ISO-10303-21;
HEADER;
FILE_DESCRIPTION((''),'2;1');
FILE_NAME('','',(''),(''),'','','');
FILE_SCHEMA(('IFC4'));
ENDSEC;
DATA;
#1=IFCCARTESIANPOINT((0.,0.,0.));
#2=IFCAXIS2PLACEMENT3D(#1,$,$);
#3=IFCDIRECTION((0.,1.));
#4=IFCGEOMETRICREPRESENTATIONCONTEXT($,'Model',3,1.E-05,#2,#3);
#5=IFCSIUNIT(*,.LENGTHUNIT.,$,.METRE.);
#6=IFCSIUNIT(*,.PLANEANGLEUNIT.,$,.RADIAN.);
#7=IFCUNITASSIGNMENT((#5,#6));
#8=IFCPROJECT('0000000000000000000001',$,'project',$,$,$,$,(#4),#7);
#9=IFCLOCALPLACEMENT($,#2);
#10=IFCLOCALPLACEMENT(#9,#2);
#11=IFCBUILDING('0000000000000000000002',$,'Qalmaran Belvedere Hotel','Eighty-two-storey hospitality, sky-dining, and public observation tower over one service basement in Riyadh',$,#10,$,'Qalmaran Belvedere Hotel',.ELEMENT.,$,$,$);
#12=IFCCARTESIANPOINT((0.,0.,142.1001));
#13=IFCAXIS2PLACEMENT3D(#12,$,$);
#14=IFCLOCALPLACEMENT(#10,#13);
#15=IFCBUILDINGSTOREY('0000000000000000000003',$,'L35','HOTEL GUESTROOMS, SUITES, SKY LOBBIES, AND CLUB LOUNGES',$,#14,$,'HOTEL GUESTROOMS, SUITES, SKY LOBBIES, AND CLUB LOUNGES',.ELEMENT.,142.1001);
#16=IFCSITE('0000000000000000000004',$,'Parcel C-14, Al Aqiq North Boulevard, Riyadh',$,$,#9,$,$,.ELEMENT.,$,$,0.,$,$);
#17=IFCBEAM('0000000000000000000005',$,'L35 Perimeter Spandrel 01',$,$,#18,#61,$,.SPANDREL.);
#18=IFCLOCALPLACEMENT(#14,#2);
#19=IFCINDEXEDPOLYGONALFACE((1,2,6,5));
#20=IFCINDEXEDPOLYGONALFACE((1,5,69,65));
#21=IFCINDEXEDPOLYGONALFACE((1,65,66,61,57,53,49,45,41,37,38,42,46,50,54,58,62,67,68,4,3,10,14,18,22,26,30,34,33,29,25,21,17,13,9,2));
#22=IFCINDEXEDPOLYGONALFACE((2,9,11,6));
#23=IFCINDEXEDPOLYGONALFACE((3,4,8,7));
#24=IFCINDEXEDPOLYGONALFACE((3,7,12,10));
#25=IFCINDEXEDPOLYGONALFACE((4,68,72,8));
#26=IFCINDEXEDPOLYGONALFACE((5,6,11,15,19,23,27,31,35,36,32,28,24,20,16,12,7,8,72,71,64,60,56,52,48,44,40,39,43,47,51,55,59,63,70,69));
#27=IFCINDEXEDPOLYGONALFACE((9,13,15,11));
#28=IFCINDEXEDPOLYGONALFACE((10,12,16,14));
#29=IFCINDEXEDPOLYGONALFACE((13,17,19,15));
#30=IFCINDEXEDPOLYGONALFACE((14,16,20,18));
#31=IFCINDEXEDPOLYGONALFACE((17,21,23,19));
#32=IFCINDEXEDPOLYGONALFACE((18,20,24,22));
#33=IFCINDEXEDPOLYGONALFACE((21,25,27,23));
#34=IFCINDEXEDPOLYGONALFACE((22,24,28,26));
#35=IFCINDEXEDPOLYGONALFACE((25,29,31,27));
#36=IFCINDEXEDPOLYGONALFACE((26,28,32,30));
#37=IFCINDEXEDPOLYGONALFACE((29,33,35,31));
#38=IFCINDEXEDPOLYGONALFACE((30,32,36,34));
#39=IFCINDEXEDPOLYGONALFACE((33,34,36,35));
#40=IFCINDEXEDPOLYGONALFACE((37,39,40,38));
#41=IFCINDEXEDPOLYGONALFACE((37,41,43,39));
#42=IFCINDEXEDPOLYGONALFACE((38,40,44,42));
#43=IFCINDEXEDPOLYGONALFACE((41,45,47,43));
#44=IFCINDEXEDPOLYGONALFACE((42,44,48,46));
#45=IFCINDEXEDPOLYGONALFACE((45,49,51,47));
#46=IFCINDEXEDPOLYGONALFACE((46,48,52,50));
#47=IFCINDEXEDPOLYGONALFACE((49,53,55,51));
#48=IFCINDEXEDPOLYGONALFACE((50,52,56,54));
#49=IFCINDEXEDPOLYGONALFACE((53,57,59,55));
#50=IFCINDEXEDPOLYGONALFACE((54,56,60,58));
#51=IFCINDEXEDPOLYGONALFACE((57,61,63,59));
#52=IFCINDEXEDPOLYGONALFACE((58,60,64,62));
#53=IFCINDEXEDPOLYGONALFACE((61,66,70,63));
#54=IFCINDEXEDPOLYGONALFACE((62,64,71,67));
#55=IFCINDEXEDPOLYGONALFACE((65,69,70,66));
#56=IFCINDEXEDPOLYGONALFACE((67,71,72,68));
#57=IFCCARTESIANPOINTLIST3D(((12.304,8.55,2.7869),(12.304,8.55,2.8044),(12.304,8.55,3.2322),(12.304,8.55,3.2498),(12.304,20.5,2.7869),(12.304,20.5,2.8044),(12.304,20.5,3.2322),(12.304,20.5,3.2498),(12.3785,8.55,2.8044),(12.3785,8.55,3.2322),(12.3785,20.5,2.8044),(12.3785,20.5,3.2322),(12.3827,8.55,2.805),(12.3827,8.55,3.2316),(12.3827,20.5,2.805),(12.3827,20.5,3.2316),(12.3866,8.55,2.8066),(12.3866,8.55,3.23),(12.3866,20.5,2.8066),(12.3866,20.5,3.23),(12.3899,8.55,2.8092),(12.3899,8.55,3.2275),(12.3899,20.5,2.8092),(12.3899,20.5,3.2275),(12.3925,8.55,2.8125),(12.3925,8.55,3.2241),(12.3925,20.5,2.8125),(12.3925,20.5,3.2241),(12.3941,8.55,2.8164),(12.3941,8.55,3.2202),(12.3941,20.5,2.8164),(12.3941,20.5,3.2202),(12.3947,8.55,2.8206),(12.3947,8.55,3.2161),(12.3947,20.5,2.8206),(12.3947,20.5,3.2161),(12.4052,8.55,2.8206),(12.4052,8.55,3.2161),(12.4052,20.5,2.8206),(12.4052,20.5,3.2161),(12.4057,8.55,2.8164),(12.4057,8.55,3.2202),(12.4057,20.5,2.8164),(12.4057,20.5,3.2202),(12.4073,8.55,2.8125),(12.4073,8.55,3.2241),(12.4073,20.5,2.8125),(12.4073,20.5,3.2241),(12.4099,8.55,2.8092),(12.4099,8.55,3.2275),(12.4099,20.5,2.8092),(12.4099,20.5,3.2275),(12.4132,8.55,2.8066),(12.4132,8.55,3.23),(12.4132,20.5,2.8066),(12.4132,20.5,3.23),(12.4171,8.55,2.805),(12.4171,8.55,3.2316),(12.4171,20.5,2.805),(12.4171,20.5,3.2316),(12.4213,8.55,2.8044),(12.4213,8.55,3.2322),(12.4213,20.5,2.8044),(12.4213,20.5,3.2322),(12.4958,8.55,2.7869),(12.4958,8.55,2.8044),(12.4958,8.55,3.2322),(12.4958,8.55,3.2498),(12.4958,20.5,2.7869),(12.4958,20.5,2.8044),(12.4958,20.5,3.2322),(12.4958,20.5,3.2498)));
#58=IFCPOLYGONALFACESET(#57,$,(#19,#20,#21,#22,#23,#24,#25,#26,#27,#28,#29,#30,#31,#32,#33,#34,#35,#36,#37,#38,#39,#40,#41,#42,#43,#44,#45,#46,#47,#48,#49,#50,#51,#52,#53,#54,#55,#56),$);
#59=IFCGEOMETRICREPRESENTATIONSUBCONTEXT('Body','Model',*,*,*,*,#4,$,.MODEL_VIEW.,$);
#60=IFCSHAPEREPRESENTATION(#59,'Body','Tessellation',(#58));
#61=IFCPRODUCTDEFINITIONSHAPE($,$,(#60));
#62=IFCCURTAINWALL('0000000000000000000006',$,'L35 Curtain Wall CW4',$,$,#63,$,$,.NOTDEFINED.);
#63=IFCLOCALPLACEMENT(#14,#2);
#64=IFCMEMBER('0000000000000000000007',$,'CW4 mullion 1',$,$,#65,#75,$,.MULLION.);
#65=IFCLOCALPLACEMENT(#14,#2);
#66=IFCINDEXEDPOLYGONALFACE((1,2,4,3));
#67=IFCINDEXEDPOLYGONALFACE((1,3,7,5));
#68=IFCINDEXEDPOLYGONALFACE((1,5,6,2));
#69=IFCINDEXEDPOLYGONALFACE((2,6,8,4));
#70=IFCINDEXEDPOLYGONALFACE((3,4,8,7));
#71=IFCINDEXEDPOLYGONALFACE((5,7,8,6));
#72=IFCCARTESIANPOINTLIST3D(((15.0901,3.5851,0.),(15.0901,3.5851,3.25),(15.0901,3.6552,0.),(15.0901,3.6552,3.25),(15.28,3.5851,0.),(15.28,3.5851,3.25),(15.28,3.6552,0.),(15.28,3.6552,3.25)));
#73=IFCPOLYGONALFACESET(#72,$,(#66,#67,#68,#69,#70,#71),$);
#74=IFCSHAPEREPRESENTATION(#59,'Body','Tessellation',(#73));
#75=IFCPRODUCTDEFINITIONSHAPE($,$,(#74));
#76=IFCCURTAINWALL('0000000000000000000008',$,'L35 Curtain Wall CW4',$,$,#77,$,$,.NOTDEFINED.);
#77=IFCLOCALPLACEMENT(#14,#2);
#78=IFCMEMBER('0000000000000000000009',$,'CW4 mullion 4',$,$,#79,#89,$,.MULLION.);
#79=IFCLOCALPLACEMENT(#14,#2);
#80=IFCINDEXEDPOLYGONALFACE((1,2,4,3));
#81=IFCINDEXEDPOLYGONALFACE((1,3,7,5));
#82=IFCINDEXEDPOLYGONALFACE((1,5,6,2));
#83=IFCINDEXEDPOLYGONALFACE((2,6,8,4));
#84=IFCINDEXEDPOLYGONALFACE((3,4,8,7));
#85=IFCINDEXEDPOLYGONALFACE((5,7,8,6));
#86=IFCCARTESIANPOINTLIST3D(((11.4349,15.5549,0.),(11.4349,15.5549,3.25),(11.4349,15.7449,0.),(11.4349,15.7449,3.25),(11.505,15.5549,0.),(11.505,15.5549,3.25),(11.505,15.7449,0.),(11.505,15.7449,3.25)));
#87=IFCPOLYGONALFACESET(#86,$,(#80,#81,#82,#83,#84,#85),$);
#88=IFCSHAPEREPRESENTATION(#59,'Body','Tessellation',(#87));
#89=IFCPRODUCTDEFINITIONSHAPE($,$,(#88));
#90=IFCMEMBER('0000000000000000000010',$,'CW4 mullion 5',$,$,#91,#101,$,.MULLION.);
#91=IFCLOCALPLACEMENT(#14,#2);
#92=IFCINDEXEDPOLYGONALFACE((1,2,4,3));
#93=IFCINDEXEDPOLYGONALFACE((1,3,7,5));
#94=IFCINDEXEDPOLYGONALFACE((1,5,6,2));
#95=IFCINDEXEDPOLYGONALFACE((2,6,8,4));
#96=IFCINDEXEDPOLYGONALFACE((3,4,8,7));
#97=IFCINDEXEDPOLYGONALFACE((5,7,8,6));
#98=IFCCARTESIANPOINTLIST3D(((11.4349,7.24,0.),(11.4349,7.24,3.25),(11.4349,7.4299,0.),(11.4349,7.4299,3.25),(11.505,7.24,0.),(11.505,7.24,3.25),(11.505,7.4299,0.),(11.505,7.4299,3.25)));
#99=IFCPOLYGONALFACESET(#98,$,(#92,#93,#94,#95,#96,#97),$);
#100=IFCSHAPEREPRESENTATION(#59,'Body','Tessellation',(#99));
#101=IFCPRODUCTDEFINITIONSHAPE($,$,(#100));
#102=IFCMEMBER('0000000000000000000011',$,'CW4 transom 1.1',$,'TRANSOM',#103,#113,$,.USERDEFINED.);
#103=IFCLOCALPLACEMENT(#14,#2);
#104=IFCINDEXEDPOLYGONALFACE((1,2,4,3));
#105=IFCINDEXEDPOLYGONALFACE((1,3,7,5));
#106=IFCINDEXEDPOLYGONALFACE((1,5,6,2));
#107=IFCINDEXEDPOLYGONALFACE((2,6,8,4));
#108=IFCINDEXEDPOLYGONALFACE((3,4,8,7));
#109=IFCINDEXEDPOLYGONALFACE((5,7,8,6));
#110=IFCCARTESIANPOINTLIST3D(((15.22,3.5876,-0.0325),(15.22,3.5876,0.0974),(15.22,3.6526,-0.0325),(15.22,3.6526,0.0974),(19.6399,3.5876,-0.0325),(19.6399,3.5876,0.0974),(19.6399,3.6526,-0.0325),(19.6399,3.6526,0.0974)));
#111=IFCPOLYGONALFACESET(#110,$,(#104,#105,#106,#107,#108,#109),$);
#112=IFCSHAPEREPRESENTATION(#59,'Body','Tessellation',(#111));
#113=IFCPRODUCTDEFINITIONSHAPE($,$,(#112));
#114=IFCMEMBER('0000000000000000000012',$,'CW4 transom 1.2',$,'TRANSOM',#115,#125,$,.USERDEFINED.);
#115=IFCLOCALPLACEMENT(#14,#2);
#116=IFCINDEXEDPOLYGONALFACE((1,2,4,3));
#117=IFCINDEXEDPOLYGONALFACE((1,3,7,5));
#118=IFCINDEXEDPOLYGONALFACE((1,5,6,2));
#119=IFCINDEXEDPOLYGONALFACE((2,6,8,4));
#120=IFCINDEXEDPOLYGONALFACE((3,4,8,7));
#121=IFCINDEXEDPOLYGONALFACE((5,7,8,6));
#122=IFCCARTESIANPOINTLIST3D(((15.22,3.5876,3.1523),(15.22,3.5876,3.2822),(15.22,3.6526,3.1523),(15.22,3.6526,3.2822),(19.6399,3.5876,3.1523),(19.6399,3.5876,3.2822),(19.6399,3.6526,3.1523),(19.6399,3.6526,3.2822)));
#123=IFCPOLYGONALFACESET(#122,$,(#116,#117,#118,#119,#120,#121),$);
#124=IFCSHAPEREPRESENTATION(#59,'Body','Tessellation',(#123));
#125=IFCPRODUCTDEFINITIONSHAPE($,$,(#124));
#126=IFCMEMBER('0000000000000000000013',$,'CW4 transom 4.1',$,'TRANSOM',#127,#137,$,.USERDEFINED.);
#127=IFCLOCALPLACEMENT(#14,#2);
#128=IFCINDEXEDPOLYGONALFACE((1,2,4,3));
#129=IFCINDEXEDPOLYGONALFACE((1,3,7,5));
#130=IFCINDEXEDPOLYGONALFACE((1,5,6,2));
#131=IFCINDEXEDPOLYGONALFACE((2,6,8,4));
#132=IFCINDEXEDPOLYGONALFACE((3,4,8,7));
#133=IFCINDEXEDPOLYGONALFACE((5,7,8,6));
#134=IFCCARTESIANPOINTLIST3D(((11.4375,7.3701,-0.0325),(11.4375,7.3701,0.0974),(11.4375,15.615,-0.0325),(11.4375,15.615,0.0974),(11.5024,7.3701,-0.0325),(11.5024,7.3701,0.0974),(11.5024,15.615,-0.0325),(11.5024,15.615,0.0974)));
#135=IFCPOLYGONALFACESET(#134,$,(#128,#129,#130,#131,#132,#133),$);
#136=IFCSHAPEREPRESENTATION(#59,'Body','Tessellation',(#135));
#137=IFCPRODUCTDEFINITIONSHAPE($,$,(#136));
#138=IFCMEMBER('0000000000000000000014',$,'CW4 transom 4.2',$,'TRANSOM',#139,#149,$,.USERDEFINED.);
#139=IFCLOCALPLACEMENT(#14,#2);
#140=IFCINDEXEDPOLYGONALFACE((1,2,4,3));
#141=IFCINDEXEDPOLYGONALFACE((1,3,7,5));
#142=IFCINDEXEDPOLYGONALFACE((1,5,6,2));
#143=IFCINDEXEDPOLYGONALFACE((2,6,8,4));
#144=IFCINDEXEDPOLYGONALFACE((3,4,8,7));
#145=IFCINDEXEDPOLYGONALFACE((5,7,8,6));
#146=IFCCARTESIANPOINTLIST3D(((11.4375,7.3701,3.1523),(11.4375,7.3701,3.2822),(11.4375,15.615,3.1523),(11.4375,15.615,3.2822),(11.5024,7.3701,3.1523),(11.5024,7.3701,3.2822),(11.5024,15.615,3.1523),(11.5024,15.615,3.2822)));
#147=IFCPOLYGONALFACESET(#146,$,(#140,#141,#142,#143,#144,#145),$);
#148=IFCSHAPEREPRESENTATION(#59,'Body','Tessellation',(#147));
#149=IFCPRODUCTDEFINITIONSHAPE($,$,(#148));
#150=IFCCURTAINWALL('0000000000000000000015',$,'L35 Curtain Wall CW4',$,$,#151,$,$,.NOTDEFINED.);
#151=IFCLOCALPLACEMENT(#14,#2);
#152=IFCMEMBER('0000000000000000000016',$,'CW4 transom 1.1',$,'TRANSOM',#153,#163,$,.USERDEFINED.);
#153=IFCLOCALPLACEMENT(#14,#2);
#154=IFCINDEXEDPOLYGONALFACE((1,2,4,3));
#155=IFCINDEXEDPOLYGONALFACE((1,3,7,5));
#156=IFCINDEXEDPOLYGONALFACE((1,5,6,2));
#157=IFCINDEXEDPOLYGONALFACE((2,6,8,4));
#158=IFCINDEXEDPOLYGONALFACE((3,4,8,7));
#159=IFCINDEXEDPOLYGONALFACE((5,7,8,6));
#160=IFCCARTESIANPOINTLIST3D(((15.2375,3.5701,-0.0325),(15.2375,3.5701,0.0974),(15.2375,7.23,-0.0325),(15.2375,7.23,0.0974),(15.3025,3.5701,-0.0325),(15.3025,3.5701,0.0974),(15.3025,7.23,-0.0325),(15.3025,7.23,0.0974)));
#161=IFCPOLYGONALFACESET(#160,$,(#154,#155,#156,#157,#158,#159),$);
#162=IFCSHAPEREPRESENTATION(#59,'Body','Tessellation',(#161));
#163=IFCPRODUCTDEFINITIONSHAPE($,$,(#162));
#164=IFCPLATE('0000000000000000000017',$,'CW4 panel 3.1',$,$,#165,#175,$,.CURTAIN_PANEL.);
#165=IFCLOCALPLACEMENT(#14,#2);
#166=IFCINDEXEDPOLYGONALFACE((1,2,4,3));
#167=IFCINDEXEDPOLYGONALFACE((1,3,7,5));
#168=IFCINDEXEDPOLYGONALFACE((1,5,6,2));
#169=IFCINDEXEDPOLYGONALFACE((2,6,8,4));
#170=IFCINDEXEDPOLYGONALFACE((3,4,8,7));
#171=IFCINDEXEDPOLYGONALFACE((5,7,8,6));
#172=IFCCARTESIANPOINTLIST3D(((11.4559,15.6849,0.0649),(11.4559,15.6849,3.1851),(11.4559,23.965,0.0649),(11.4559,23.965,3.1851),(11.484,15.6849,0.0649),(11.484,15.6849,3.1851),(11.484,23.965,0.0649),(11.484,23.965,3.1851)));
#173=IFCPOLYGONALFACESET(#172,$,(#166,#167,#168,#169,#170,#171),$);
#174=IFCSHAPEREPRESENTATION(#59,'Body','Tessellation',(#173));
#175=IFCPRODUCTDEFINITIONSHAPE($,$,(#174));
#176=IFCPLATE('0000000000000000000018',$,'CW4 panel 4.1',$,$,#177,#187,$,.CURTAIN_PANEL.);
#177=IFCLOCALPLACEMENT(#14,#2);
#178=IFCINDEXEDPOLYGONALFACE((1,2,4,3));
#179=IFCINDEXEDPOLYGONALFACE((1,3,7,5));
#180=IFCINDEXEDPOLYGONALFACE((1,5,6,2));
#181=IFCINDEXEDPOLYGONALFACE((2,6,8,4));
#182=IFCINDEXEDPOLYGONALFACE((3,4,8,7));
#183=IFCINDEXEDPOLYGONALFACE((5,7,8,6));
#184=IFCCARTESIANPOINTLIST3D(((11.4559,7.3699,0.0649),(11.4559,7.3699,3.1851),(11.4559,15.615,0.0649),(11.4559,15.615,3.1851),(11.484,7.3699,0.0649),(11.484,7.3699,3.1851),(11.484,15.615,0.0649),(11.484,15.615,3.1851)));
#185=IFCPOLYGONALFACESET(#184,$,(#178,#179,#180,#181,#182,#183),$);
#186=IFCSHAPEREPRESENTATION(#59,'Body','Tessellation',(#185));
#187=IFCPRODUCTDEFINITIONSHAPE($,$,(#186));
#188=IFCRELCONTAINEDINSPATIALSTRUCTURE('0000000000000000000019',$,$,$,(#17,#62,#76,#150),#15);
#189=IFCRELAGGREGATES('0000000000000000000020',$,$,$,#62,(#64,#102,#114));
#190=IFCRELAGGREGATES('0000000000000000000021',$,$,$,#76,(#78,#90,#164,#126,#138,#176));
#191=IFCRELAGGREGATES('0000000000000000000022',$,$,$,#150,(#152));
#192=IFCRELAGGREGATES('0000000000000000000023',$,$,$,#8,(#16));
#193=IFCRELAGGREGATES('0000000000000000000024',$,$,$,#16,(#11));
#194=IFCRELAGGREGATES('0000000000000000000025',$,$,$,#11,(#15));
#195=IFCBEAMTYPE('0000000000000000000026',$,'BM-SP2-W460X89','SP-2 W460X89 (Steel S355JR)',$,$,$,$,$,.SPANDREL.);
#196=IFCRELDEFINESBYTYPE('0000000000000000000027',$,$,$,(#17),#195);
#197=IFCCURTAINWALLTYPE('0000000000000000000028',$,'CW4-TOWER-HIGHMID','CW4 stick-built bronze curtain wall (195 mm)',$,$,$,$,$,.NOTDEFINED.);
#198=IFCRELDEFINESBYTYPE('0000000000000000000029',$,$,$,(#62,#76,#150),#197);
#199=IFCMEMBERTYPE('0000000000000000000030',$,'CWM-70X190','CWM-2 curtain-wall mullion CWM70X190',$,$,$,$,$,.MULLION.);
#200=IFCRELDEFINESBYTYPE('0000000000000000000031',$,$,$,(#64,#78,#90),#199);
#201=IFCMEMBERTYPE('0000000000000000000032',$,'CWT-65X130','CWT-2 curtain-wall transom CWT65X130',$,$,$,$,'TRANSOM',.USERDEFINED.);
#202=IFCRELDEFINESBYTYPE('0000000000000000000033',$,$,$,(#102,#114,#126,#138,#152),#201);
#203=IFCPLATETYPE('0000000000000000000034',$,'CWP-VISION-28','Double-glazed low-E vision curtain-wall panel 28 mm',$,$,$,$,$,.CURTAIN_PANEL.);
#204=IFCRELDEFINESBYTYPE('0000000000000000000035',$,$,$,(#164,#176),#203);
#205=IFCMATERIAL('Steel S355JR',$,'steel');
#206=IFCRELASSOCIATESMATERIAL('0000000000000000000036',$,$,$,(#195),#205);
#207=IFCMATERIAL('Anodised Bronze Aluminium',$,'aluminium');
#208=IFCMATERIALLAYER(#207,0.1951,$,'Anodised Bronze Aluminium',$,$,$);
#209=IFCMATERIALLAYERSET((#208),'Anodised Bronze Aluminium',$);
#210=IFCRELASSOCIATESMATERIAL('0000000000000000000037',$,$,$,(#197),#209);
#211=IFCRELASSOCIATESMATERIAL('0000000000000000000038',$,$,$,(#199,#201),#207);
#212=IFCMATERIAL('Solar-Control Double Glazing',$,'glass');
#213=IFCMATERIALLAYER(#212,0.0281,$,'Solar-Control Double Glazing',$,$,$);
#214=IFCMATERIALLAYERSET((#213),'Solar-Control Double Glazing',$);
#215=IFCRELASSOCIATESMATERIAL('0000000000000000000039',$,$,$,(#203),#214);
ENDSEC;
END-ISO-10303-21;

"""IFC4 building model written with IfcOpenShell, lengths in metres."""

from ifc_helpers import new_model, si_unit, direction, frame, origin, origin_2d, place, context, subcontext, project, spatial, rectangle, i_section, extrude, material, layer, layer_set, material_profile, profile_set, type_object, element, aggregate, save


model = new_model("IFC4")

# Units and contexts
model_context = context("Model", 3, precision=1e-05, world=origin(), true_north=direction((0.0, 1.0)))
body_context = subcontext(model_context, "Body", "Model", "MODEL_VIEW")
ifc_project = project(units=[si_unit("LENGTHUNIT", "METRE"), si_unit("PLANEANGLEUNIT", "RADIAN")], contexts=[model_context])

# Site, building, storey
site_placement = place(None, origin())
site = spatial("IfcSite", under=ifc_project, at=site_placement, Name="Parcel C-14, Al Aqiq North Boulevard, Riyadh", CompositionType="ELEMENT", RefElevation=0.0)
building_placement = place(site_placement, origin())
building = spatial("IfcBuilding", under=site, at=building_placement, Name="Qalmaran Belvedere Hotel", Description="Eighty-two-storey hospitality, sky-dining, and public observation tower over one service basement in Riyadh", LongName="Qalmaran Belvedere Hotel", CompositionType="ELEMENT")
storey_placement = place(building_placement, frame((0.0, 0.0, 142.1001)))
storey = spatial("IfcBuildingStorey", under=building, at=storey_placement, Name="L35", Description="HOTEL GUESTROOMS, SUITES, SKY LOBBIES, AND CLUB LOUNGES", LongName="HOTEL GUESTROOMS, SUITES, SKY LOBBIES, AND CLUB LOUNGES", CompositionType="ELEMENT", Elevation=142.1001)

# Beam
ifc_material_1 = material(Name="Steel S355JR", Category="steel")
ifc_material_profile_1 = material_profile(ifc_material_1, i_section(OverallWidth=0.1919, OverallDepth=0.4629, WebThickness=0.0105, FlangeThickness=0.0176, FilletRadius=0.0161, at=origin_2d()), Name="W460X89")
ifc_profile_set_1 = profile_set([ifc_material_profile_1], Name="Steel S355JR")
beam_type_1 = type_object("IfcBeamType", Name="BM-SP2-W460X89", Description="SP-2 W460X89 (Steel S355JR)", PredefinedType="SPANDREL", material=ifc_profile_set_1)
beam_1_placement = place(storey_placement, frame((12.3999, 8.55, 3.0183), z_axis=(0.0, 1.0, 0.0), x_axis=(-1.0, 0.0, 0.0)))
element("IfcBeam", 1, at=beam_1_placement, inside=storey, type_object=beam_type_1, Name="L35 Perimeter Spandrel 01", PredefinedType="SPANDREL", context=body_context, shape_type="SweptSolid", body=[
    extrude(i_section(OverallWidth=0.1919, OverallDepth=0.4629, WebThickness=0.0105, FlangeThickness=0.0176, FilletRadius=0.0161, at=origin_2d()), origin(), (0.0, 0.0, 1.0), 11.95),
])

# Curtain wall, member
ifc_material_2 = material(Name="Anodised Bronze Aluminium", Category="aluminium")
ifc_layer_1 = layer(ifc_material_2, 0.1951, Name="Anodised Bronze Aluminium")
ifc_layer_set_1 = layer_set([ifc_layer_1], Name="Anodised Bronze Aluminium")
curtain_wall_type = type_object("IfcCurtainWallType", Name="CW4-TOWER-HIGHMID", Description="CW4 stick-built bronze curtain wall (195 mm)", PredefinedType="NOTDEFINED", material=ifc_layer_set_1)
curtain_wall_1_placement = place(storey_placement, origin())
curtain_wall_1 = element("IfcCurtainWall", 2, at=curtain_wall_1_placement, inside=storey, type_object=curtain_wall_type, Name="L35 Curtain Wall CW4", PredefinedType="NOTDEFINED")
ifc_material_profile_2 = material_profile(ifc_material_2, rectangle(XDim=0.0701, YDim=0.1899, at=origin_2d()), Name="CWM70X190")
ifc_profile_set_2 = profile_set([ifc_material_profile_2], Name="Anodised Bronze Aluminium")
member_type_1 = type_object("IfcMemberType", Name="CWM-70X190", Description="CWM-2 curtain-wall mullion CWM70X190", PredefinedType="MULLION", material=ifc_profile_set_2)
member_1_placement = place(storey_placement, frame((15.1851, 3.6201, 0.0), z_axis=(0.0, 0.0, 1.0), x_axis=(0.0, 1.0, 0.0)))
member_1 = element("IfcMember", 3, at=member_1_placement, type_object=member_type_1, Name="CW4 mullion 1", PredefinedType="MULLION", context=body_context, shape_type="SweptSolid", body=[
    extrude(rectangle(XDim=0.0701, YDim=0.1899, at=origin_2d()), origin(), (0.0, 0.0, 1.0), 3.25),
])

# Curtain wall, members
curtain_wall_2_placement = place(storey_placement, origin())
curtain_wall_2 = element("IfcCurtainWall", 4, at=curtain_wall_2_placement, inside=storey, type_object=curtain_wall_type, Name="L35 Curtain Wall CW4", PredefinedType="NOTDEFINED")
member_2_placement = place(storey_placement, frame((11.47, 15.6499, 0.0), z_axis=(0.0, 0.0, 1.0), x_axis=(1.0, 0.0, 0.0)))
member_2 = element("IfcMember", 5, at=member_2_placement, type_object=member_type_1, Name="CW4 mullion 4", PredefinedType="MULLION", context=body_context, shape_type="SweptSolid", body=[
    extrude(rectangle(XDim=0.0701, YDim=0.1899, at=origin_2d()), origin(), (0.0, 0.0, 1.0), 3.25),
])
member_3_placement = place(storey_placement, frame((11.47, 7.335, 0.0), z_axis=(0.0, 0.0, 1.0), x_axis=(1.0, 0.0, 0.0)))
member_3 = element("IfcMember", 6, at=member_3_placement, type_object=member_type_1, Name="CW4 mullion 5", PredefinedType="MULLION", context=body_context, shape_type="SweptSolid", body=[
    extrude(rectangle(XDim=0.0701, YDim=0.1899, at=origin_2d()), origin(), (0.0, 0.0, 1.0), 3.25),
])

# Members
ifc_material_profile_3 = material_profile(ifc_material_2, rectangle(XDim=0.0649, YDim=0.1299, at=origin_2d()), Name="CWT65X130")
ifc_profile_set_3 = profile_set([ifc_material_profile_3], Name="Anodised Bronze Aluminium")
member_type_2 = type_object("IfcMemberType", Name="CWT-65X130", Description="CWT-2 curtain-wall transom CWT65X130", ElementType="TRANSOM", PredefinedType="USERDEFINED", material=ifc_profile_set_3)
member_4_placement = place(storey_placement, frame((15.22, 3.6201, 0.0325), z_axis=(1.0, 0.0, 0.0), x_axis=(0.0, 1.0, 0.0)))
member_4 = element("IfcMember", 7, at=member_4_placement, type_object=member_type_2, Name="CW4 transom 1.1", ObjectType="TRANSOM", PredefinedType="USERDEFINED", context=body_context, shape_type="SweptSolid", body=[
    extrude(rectangle(XDim=0.0649, YDim=0.1299, at=origin_2d()), origin(), (0.0, 0.0, 1.0), 4.4199),
])
member_5_placement = place(storey_placement, frame((15.22, 3.6201, 3.2173), z_axis=(1.0, 0.0, 0.0), x_axis=(0.0, 1.0, 0.0)))
member_5 = element("IfcMember", 8, at=member_5_placement, type_object=member_type_2, Name="CW4 transom 1.2", ObjectType="TRANSOM", PredefinedType="USERDEFINED", context=body_context, shape_type="SweptSolid", body=[
    extrude(rectangle(XDim=0.0649, YDim=0.1299, at=origin_2d()), origin(), (0.0, 0.0, 1.0), 4.4199),
])
aggregate(curtain_wall_1, [member_1, member_4, member_5])
member_6_placement = place(storey_placement, frame((11.47, 15.615, 0.0325), z_axis=(0.0, -1.0, 0.0), x_axis=(1.0, 0.0, 0.0)))
member_6 = element("IfcMember", 9, at=member_6_placement, type_object=member_type_2, Name="CW4 transom 4.1", ObjectType="TRANSOM", PredefinedType="USERDEFINED", context=body_context, shape_type="SweptSolid", body=[
    extrude(rectangle(XDim=0.0649, YDim=0.1299, at=origin_2d()), origin(), (0.0, 0.0, 1.0), 8.2449),
])
member_7_placement = place(storey_placement, frame((11.47, 15.615, 3.2173), z_axis=(0.0, -1.0, 0.0), x_axis=(1.0, 0.0, 0.0)))
member_7 = element("IfcMember", 10, at=member_7_placement, type_object=member_type_2, Name="CW4 transom 4.2", ObjectType="TRANSOM", PredefinedType="USERDEFINED", context=body_context, shape_type="SweptSolid", body=[
    extrude(rectangle(XDim=0.0649, YDim=0.1299, at=origin_2d()), origin(), (0.0, 0.0, 1.0), 8.2449),
])

# Curtain wall, member
curtain_wall_3_placement = place(storey_placement, origin())
curtain_wall_3 = element("IfcCurtainWall", 11, at=curtain_wall_3_placement, inside=storey, type_object=curtain_wall_type, Name="L35 Curtain Wall CW4", PredefinedType="NOTDEFINED")
member_8_placement = place(storey_placement, frame((15.27, 7.23, 0.0325), z_axis=(0.0, -1.0, 0.0), x_axis=(1.0, 0.0, 0.0)))
member_8 = element("IfcMember", 12, at=member_8_placement, type_object=member_type_2, Name="CW4 transom 1.1", ObjectType="TRANSOM", PredefinedType="USERDEFINED", context=body_context, shape_type="SweptSolid", body=[
    extrude(rectangle(XDim=0.0649, YDim=0.1299, at=origin_2d()), origin(), (0.0, 0.0, 1.0), 3.6599),
])

# Plates
ifc_material_3 = material(Name="Solar-Control Double Glazing", Category="glass")
ifc_layer_2 = layer(ifc_material_3, 0.0281, Name="Solar-Control Double Glazing")
ifc_layer_set_2 = layer_set([ifc_layer_2], Name="Solar-Control Double Glazing")
plate_type = type_object("IfcPlateType", Name="CWP-VISION-28", Description="Double-glazed low-E vision curtain-wall panel 28 mm", PredefinedType="CURTAIN_PANEL", material=ifc_layer_set_2)
plate_1_placement = place(storey_placement, frame((11.47, 19.825, 0.0649), z_axis=(0.0, 0.0, 1.0), x_axis=(0.0, -1.0, 0.0)))
plate_1 = element("IfcPlate", 13, at=plate_1_placement, type_object=plate_type, Name="CW4 panel 3.1", PredefinedType="CURTAIN_PANEL", context=body_context, shape_type="SweptSolid", body=[
    extrude(rectangle(XDim=8.28, YDim=0.0281, at=origin_2d()), origin(), (0.0, 0.0, 1.0), 3.1201),
])
plate_2_placement = place(storey_placement, frame((11.47, 11.4924, 0.0649), z_axis=(0.0, 0.0, 1.0), x_axis=(0.0, -1.0, 0.0)))
plate_2 = element("IfcPlate", 14, at=plate_2_placement, type_object=plate_type, Name="CW4 panel 4.1", PredefinedType="CURTAIN_PANEL", context=body_context, shape_type="SweptSolid", body=[
    extrude(rectangle(XDim=8.2451, YDim=0.0281, at=origin_2d()), origin(), (0.0, 0.0, 1.0), 3.1201),
])
aggregate(curtain_wall_2, [member_2, member_3, plate_1, member_6, member_7, plate_2])
aggregate(curtain_wall_3, [member_8])

save(model, "model.ifc")
